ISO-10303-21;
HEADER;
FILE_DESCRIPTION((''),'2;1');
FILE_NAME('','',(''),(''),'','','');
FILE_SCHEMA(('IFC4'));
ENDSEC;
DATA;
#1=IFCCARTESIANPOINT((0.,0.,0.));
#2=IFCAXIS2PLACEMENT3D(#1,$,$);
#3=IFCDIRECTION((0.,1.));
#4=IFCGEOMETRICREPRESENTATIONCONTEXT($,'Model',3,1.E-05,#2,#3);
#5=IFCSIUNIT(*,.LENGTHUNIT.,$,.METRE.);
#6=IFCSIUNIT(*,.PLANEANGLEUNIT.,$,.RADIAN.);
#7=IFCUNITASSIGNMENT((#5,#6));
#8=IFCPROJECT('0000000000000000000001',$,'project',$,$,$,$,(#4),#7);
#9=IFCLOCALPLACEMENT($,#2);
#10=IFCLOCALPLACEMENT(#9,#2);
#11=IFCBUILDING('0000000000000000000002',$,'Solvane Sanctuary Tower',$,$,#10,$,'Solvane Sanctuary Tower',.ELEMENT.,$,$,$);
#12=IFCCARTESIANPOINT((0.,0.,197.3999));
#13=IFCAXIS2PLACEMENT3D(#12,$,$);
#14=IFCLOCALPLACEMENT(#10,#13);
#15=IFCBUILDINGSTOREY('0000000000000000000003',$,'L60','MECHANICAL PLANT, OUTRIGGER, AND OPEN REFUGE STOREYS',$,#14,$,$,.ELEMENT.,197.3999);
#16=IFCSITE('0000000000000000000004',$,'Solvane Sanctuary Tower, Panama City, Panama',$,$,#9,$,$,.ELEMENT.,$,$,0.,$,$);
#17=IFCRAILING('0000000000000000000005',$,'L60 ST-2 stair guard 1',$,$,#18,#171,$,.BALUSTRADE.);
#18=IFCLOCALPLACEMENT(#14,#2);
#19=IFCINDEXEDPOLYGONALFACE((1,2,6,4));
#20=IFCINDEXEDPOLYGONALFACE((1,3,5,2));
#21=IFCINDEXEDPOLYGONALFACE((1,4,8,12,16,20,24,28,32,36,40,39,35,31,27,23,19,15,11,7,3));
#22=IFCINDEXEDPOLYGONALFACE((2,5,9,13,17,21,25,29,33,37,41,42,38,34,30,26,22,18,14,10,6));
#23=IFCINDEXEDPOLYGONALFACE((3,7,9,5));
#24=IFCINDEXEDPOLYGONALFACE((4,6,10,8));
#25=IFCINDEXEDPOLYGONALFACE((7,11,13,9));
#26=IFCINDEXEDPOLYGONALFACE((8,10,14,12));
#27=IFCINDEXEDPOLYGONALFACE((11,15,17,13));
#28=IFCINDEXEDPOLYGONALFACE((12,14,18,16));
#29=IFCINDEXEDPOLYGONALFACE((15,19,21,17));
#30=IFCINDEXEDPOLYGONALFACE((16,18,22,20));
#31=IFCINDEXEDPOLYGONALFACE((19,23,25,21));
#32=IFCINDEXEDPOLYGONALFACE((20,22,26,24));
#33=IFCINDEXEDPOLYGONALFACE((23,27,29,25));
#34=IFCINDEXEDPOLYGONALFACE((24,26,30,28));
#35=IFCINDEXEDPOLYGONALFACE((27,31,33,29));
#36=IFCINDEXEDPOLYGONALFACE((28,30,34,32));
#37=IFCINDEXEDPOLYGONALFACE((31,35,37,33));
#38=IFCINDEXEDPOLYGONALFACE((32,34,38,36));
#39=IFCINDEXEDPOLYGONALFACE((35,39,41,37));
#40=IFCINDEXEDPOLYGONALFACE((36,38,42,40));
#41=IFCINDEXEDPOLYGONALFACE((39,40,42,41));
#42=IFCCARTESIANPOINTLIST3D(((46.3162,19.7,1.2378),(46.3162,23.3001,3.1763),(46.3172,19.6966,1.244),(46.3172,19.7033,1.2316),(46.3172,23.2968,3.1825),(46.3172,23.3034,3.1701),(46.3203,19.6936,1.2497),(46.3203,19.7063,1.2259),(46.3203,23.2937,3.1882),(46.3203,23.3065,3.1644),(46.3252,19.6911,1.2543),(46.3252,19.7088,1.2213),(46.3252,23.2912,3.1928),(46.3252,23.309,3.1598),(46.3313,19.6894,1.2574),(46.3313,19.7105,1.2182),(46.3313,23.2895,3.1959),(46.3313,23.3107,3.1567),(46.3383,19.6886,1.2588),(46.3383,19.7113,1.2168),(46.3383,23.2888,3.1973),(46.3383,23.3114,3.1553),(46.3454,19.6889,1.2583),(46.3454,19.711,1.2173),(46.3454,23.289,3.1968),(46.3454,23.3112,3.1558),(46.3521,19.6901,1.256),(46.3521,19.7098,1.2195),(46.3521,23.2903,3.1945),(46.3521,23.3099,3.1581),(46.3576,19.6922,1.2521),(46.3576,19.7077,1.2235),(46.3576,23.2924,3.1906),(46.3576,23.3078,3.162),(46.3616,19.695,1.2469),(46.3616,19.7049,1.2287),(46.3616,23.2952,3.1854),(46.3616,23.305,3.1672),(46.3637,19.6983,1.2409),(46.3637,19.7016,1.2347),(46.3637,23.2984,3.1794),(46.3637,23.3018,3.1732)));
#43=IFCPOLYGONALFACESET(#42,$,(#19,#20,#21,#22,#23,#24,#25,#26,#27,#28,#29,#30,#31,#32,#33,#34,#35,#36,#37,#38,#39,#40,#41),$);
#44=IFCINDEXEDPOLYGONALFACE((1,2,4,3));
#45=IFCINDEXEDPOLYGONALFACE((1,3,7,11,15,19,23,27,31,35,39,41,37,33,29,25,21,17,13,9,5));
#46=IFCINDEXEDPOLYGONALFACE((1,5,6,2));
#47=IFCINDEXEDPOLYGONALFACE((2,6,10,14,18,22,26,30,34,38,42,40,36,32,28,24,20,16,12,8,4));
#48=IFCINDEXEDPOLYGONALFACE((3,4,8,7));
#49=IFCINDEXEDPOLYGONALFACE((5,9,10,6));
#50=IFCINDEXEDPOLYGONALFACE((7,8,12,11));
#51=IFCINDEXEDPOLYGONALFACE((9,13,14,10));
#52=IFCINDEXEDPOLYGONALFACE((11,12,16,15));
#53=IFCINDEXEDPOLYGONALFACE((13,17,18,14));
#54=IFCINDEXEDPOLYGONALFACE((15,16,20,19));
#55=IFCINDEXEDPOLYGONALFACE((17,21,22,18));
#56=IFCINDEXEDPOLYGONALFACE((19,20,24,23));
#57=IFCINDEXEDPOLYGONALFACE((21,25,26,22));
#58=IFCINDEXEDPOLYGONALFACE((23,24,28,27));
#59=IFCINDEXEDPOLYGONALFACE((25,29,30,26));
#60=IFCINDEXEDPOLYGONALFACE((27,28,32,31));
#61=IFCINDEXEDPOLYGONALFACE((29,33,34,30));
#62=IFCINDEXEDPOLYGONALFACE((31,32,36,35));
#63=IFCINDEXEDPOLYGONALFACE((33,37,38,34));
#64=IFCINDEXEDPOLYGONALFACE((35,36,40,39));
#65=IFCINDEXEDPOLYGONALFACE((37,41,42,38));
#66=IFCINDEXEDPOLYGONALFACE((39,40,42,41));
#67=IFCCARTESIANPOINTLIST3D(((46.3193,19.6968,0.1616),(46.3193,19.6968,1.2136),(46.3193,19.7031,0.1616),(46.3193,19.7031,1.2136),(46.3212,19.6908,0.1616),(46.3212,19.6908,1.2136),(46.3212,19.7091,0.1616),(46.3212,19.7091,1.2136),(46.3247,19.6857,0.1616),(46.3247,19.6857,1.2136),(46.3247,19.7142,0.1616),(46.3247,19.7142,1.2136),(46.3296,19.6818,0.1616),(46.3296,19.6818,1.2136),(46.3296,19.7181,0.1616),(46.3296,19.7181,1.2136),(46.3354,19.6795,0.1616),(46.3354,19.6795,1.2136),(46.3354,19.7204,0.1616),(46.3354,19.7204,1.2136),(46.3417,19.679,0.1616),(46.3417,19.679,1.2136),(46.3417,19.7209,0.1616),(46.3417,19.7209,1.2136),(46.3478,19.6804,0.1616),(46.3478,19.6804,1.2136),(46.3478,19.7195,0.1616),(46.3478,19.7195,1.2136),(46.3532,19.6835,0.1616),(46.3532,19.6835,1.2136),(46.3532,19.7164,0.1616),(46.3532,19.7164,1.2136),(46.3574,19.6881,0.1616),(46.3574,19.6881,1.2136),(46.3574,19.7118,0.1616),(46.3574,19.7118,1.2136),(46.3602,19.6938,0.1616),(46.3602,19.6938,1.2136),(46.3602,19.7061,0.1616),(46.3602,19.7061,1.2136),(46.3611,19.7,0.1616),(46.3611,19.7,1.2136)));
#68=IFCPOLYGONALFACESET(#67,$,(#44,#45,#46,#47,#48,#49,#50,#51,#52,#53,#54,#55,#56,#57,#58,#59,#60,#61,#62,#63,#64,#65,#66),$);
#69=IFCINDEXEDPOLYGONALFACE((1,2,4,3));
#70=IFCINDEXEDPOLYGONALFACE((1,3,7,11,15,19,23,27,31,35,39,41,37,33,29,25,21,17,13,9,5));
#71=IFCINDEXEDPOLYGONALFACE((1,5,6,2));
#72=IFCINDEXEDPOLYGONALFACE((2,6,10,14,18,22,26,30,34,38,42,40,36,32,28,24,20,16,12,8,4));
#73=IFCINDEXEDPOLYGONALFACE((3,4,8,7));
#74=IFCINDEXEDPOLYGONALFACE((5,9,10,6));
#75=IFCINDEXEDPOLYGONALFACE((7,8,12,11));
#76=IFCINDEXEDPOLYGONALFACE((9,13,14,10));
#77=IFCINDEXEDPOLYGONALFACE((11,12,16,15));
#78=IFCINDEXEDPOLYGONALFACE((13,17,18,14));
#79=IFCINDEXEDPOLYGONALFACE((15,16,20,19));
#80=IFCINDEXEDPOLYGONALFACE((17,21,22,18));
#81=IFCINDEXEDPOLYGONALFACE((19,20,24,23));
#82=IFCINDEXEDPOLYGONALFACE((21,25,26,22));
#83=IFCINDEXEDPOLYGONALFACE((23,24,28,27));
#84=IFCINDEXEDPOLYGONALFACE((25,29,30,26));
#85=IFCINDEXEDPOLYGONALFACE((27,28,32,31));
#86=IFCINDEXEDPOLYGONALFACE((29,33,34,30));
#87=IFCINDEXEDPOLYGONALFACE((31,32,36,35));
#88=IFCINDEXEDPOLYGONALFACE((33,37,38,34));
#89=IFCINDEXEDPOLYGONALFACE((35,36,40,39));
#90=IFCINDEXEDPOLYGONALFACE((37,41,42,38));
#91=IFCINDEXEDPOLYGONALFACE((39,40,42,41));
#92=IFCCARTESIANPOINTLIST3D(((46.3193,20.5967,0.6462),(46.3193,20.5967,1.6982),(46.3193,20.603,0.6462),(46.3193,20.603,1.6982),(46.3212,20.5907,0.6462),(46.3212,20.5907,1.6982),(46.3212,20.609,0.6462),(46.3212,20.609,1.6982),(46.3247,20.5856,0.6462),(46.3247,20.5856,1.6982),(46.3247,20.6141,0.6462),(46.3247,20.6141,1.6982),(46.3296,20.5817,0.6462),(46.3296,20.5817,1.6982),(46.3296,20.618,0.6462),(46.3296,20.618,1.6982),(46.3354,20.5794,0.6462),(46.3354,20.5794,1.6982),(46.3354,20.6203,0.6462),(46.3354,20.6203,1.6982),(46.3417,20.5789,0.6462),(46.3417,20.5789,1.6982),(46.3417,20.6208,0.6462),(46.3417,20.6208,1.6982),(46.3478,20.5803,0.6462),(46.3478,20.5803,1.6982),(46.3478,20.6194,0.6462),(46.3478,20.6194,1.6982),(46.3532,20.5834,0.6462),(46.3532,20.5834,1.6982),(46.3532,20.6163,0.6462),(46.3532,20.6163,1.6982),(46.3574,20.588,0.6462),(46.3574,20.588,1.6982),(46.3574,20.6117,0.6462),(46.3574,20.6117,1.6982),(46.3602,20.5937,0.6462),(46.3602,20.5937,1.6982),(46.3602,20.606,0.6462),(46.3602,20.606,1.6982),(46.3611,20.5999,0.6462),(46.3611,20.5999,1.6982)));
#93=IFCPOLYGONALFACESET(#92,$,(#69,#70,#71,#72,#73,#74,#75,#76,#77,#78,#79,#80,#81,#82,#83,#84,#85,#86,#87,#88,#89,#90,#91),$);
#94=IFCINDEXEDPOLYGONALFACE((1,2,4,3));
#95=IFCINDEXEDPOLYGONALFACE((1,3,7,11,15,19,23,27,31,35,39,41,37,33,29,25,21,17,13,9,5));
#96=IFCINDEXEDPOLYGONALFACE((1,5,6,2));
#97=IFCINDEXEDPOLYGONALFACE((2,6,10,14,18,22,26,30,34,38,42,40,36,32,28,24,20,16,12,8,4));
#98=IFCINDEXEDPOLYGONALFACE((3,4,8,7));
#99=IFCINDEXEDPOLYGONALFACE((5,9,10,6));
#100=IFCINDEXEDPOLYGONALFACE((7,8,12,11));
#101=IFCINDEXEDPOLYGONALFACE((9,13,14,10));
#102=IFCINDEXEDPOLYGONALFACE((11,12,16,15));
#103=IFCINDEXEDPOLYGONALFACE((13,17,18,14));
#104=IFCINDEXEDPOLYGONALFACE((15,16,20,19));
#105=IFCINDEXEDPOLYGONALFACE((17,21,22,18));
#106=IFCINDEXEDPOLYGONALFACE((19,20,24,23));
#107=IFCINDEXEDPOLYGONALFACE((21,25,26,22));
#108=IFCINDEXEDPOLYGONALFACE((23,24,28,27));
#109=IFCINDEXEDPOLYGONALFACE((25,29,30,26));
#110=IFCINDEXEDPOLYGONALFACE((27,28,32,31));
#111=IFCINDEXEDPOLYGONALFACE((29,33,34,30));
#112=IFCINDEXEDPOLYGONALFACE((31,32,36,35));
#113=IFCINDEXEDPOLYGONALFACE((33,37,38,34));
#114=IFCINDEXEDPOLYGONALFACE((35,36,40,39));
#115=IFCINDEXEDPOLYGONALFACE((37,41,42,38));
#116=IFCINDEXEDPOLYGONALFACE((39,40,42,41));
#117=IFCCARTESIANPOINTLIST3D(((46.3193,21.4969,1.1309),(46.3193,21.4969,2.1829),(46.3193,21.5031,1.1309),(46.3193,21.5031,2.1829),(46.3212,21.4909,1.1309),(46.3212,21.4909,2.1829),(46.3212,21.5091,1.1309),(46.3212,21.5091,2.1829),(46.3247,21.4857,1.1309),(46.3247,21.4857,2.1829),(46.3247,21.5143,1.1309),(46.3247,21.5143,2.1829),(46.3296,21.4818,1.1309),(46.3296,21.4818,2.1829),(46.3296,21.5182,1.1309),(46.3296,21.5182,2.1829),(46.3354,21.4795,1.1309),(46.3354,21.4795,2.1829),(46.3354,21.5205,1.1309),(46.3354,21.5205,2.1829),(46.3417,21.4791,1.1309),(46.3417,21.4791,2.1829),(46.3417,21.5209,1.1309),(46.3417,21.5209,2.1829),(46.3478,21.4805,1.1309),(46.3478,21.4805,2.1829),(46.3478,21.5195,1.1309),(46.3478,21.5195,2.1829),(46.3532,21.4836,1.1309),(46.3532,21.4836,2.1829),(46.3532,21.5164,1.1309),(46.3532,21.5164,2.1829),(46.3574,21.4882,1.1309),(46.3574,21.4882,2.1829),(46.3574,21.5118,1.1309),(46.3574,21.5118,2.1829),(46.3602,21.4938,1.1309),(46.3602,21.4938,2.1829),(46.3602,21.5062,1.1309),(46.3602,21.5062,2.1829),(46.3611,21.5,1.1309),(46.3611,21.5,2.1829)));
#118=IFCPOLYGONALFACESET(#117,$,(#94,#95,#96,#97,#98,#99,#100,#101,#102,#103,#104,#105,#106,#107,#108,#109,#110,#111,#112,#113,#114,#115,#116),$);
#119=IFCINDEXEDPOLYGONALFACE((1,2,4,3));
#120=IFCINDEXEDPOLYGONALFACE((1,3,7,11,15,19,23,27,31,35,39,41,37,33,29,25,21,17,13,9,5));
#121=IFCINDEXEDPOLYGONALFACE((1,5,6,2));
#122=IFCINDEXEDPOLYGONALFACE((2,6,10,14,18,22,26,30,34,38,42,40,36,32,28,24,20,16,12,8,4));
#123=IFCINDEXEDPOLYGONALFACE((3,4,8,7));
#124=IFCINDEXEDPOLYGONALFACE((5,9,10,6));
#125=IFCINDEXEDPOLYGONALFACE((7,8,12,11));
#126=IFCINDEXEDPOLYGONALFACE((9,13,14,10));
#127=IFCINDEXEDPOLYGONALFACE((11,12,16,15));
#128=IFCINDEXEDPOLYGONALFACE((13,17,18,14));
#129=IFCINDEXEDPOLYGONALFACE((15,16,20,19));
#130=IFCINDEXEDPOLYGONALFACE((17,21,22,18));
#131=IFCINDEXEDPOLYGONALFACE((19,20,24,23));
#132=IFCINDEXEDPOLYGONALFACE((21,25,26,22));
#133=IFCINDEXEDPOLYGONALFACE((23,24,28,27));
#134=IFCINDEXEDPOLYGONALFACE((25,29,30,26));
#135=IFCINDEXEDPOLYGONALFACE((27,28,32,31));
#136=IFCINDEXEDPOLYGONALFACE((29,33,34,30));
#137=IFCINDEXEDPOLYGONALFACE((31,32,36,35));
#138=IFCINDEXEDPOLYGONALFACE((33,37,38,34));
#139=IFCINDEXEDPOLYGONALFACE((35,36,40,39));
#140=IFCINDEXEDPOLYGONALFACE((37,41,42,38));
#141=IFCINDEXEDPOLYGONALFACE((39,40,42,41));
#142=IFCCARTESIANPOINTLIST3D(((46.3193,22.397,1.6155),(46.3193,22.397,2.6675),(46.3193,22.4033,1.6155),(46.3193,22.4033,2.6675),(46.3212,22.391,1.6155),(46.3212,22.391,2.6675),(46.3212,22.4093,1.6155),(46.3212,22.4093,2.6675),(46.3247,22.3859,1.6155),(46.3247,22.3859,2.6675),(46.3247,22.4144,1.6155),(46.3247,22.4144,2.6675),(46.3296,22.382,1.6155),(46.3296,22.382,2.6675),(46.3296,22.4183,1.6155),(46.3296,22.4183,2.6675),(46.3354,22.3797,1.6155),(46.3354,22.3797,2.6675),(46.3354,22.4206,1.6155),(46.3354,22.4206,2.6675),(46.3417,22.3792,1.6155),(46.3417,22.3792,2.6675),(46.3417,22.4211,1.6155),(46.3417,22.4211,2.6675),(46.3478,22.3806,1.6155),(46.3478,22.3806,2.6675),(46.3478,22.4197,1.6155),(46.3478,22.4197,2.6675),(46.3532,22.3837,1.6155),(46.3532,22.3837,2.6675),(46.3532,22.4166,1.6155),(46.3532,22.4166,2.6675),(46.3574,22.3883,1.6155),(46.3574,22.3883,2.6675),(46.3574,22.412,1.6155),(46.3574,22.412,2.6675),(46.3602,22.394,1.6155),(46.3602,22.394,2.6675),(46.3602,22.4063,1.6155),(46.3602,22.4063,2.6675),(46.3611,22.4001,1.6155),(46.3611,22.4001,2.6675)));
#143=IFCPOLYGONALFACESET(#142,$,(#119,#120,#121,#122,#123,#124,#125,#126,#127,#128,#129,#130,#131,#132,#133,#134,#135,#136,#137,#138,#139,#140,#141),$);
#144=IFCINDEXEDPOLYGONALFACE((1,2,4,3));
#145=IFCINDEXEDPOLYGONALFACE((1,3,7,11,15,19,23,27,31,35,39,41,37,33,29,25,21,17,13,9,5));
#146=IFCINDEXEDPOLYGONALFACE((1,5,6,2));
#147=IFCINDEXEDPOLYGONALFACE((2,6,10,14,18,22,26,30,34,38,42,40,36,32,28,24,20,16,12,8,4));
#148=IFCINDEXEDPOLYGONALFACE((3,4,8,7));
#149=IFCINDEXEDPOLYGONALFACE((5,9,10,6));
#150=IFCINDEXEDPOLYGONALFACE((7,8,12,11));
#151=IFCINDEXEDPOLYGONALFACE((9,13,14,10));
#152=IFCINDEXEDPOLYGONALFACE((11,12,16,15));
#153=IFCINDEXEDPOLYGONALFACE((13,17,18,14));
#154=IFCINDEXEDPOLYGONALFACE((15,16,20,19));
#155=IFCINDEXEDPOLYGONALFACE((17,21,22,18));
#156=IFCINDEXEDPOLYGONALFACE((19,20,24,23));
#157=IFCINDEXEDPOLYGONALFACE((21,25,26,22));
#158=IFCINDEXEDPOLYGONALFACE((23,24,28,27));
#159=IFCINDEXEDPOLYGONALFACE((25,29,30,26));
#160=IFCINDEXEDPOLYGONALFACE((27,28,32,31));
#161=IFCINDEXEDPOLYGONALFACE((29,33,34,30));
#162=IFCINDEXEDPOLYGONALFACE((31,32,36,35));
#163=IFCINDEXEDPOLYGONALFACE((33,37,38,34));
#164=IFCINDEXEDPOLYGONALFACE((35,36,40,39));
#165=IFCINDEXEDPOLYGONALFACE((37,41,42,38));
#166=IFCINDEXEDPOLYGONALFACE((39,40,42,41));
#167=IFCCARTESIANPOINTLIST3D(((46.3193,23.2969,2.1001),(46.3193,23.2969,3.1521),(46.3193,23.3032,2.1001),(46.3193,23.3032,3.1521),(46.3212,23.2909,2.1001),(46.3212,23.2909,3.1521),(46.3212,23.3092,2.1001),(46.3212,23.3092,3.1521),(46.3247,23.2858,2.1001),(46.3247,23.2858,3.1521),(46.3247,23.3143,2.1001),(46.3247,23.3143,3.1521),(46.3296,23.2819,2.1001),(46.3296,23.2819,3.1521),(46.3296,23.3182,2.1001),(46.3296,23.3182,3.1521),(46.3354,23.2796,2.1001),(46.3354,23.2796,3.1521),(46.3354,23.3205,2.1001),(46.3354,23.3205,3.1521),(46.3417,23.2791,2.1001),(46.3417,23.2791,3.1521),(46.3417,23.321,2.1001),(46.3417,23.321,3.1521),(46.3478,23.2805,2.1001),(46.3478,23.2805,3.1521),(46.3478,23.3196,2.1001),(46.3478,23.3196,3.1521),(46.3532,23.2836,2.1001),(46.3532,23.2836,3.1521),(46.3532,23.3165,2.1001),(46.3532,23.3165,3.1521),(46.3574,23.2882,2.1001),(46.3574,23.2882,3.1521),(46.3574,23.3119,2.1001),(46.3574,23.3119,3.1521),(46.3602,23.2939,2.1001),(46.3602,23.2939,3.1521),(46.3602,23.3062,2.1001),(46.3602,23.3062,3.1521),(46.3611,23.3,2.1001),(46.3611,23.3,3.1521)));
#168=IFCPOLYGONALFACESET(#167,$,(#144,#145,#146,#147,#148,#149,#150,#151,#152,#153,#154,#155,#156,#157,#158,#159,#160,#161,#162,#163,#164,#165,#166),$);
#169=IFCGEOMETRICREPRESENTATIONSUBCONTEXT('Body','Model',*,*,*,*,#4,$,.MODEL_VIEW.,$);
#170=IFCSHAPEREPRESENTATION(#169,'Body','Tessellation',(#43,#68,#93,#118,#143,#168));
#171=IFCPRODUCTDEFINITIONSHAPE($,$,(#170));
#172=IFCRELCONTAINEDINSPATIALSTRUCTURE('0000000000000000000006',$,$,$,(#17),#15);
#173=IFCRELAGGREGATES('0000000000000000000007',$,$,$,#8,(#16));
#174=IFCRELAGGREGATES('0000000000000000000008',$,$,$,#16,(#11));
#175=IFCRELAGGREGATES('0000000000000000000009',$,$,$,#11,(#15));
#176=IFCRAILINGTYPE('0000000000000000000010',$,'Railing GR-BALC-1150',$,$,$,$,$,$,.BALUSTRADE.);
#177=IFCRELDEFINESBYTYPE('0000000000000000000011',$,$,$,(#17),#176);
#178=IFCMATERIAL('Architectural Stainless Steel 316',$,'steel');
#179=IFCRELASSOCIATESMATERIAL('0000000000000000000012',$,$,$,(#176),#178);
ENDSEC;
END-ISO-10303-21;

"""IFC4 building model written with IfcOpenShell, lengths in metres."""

from ifc_helpers import new_model, si_unit, direction, frame, origin, origin_2d, place, context, subcontext, project, spatial, circle, extrude, material, type_object, element, save


model = new_model("IFC4")

# Units and contexts
model_context = context("Model", 3, precision=1e-05, world=origin(), true_north=direction((0.0, 1.0)))
body_context = subcontext(model_context, "Body", "Model", "MODEL_VIEW")
ifc_project = project(units=[si_unit("LENGTHUNIT", "METRE"), si_unit("PLANEANGLEUNIT", "RADIAN")], contexts=[model_context])

# Site, building, storey
site_placement = place(None, origin())
site = spatial("IfcSite", under=ifc_project, at=site_placement, Name="Solvane Sanctuary Tower, Panama City, Panama", CompositionType="ELEMENT", RefElevation=0.0)
building_placement = place(site_placement, origin())
building = spatial("IfcBuilding", under=site, at=building_placement, Name="Solvane Sanctuary Tower", LongName="Solvane Sanctuary Tower", CompositionType="ELEMENT")
storey_placement = place(building_placement, frame((0.0, 0.0, 197.3999)))
storey = spatial("IfcBuildingStorey", under=building, at=storey_placement, Name="L60", Description="MECHANICAL PLANT, OUTRIGGER, AND OPEN REFUGE STOREYS", CompositionType="ELEMENT", Elevation=197.3999)

# Shared definitions
ifc_material_1 = material(Name="Architectural Stainless Steel 316", Category="steel")

# Railing
railing_type_1 = type_object("IfcRailingType", Name="Railing GR-BALC-1150", PredefinedType="BALUSTRADE", material=ifc_material_1)
railing_1_placement = place(storey_placement, frame((46.3401, 19.7, 0.1616)))
element("IfcRailing", 1, at=railing_1_placement, inside=storey, type_object=railing_type_1, Name="L60 ST-2 stair guard 1", PredefinedType="BALUSTRADE", context=body_context, shape_type="SweptSolid", body=[
    extrude(circle(Radius=0.0239, at=origin_2d()), frame((0.0, 0.0, 1.0762), z_axis=(0.0, 0.880475, 0.474093), x_axis=(-1.0, 0.0, 0.0)), (0.0, 0.0, 1.0), 4.0889),
    extrude(circle(Radius=0.021, at=origin_2d()), origin(), (0.0, 0.0, 1.0), 1.052),
    extrude(circle(Radius=0.021, at=origin_2d()), frame((0.0, 0.8999, 0.4846)), (0.0, 0.0, 1.0), 1.052),
    extrude(circle(Radius=0.021, at=origin_2d()), frame((0.0, 1.8, 0.9692)), (0.0, 0.0, 1.0), 1.052),
    extrude(circle(Radius=0.021, at=origin_2d()), frame((0.0, 2.7002, 1.4539)), (0.0, 0.0, 1.0), 1.052),
    extrude(circle(Radius=0.021, at=origin_2d()), frame((0.0, 3.6001, 1.9385)), (0.0, 0.0, 1.0), 1.052),
])

save(model, "model.ifc")
